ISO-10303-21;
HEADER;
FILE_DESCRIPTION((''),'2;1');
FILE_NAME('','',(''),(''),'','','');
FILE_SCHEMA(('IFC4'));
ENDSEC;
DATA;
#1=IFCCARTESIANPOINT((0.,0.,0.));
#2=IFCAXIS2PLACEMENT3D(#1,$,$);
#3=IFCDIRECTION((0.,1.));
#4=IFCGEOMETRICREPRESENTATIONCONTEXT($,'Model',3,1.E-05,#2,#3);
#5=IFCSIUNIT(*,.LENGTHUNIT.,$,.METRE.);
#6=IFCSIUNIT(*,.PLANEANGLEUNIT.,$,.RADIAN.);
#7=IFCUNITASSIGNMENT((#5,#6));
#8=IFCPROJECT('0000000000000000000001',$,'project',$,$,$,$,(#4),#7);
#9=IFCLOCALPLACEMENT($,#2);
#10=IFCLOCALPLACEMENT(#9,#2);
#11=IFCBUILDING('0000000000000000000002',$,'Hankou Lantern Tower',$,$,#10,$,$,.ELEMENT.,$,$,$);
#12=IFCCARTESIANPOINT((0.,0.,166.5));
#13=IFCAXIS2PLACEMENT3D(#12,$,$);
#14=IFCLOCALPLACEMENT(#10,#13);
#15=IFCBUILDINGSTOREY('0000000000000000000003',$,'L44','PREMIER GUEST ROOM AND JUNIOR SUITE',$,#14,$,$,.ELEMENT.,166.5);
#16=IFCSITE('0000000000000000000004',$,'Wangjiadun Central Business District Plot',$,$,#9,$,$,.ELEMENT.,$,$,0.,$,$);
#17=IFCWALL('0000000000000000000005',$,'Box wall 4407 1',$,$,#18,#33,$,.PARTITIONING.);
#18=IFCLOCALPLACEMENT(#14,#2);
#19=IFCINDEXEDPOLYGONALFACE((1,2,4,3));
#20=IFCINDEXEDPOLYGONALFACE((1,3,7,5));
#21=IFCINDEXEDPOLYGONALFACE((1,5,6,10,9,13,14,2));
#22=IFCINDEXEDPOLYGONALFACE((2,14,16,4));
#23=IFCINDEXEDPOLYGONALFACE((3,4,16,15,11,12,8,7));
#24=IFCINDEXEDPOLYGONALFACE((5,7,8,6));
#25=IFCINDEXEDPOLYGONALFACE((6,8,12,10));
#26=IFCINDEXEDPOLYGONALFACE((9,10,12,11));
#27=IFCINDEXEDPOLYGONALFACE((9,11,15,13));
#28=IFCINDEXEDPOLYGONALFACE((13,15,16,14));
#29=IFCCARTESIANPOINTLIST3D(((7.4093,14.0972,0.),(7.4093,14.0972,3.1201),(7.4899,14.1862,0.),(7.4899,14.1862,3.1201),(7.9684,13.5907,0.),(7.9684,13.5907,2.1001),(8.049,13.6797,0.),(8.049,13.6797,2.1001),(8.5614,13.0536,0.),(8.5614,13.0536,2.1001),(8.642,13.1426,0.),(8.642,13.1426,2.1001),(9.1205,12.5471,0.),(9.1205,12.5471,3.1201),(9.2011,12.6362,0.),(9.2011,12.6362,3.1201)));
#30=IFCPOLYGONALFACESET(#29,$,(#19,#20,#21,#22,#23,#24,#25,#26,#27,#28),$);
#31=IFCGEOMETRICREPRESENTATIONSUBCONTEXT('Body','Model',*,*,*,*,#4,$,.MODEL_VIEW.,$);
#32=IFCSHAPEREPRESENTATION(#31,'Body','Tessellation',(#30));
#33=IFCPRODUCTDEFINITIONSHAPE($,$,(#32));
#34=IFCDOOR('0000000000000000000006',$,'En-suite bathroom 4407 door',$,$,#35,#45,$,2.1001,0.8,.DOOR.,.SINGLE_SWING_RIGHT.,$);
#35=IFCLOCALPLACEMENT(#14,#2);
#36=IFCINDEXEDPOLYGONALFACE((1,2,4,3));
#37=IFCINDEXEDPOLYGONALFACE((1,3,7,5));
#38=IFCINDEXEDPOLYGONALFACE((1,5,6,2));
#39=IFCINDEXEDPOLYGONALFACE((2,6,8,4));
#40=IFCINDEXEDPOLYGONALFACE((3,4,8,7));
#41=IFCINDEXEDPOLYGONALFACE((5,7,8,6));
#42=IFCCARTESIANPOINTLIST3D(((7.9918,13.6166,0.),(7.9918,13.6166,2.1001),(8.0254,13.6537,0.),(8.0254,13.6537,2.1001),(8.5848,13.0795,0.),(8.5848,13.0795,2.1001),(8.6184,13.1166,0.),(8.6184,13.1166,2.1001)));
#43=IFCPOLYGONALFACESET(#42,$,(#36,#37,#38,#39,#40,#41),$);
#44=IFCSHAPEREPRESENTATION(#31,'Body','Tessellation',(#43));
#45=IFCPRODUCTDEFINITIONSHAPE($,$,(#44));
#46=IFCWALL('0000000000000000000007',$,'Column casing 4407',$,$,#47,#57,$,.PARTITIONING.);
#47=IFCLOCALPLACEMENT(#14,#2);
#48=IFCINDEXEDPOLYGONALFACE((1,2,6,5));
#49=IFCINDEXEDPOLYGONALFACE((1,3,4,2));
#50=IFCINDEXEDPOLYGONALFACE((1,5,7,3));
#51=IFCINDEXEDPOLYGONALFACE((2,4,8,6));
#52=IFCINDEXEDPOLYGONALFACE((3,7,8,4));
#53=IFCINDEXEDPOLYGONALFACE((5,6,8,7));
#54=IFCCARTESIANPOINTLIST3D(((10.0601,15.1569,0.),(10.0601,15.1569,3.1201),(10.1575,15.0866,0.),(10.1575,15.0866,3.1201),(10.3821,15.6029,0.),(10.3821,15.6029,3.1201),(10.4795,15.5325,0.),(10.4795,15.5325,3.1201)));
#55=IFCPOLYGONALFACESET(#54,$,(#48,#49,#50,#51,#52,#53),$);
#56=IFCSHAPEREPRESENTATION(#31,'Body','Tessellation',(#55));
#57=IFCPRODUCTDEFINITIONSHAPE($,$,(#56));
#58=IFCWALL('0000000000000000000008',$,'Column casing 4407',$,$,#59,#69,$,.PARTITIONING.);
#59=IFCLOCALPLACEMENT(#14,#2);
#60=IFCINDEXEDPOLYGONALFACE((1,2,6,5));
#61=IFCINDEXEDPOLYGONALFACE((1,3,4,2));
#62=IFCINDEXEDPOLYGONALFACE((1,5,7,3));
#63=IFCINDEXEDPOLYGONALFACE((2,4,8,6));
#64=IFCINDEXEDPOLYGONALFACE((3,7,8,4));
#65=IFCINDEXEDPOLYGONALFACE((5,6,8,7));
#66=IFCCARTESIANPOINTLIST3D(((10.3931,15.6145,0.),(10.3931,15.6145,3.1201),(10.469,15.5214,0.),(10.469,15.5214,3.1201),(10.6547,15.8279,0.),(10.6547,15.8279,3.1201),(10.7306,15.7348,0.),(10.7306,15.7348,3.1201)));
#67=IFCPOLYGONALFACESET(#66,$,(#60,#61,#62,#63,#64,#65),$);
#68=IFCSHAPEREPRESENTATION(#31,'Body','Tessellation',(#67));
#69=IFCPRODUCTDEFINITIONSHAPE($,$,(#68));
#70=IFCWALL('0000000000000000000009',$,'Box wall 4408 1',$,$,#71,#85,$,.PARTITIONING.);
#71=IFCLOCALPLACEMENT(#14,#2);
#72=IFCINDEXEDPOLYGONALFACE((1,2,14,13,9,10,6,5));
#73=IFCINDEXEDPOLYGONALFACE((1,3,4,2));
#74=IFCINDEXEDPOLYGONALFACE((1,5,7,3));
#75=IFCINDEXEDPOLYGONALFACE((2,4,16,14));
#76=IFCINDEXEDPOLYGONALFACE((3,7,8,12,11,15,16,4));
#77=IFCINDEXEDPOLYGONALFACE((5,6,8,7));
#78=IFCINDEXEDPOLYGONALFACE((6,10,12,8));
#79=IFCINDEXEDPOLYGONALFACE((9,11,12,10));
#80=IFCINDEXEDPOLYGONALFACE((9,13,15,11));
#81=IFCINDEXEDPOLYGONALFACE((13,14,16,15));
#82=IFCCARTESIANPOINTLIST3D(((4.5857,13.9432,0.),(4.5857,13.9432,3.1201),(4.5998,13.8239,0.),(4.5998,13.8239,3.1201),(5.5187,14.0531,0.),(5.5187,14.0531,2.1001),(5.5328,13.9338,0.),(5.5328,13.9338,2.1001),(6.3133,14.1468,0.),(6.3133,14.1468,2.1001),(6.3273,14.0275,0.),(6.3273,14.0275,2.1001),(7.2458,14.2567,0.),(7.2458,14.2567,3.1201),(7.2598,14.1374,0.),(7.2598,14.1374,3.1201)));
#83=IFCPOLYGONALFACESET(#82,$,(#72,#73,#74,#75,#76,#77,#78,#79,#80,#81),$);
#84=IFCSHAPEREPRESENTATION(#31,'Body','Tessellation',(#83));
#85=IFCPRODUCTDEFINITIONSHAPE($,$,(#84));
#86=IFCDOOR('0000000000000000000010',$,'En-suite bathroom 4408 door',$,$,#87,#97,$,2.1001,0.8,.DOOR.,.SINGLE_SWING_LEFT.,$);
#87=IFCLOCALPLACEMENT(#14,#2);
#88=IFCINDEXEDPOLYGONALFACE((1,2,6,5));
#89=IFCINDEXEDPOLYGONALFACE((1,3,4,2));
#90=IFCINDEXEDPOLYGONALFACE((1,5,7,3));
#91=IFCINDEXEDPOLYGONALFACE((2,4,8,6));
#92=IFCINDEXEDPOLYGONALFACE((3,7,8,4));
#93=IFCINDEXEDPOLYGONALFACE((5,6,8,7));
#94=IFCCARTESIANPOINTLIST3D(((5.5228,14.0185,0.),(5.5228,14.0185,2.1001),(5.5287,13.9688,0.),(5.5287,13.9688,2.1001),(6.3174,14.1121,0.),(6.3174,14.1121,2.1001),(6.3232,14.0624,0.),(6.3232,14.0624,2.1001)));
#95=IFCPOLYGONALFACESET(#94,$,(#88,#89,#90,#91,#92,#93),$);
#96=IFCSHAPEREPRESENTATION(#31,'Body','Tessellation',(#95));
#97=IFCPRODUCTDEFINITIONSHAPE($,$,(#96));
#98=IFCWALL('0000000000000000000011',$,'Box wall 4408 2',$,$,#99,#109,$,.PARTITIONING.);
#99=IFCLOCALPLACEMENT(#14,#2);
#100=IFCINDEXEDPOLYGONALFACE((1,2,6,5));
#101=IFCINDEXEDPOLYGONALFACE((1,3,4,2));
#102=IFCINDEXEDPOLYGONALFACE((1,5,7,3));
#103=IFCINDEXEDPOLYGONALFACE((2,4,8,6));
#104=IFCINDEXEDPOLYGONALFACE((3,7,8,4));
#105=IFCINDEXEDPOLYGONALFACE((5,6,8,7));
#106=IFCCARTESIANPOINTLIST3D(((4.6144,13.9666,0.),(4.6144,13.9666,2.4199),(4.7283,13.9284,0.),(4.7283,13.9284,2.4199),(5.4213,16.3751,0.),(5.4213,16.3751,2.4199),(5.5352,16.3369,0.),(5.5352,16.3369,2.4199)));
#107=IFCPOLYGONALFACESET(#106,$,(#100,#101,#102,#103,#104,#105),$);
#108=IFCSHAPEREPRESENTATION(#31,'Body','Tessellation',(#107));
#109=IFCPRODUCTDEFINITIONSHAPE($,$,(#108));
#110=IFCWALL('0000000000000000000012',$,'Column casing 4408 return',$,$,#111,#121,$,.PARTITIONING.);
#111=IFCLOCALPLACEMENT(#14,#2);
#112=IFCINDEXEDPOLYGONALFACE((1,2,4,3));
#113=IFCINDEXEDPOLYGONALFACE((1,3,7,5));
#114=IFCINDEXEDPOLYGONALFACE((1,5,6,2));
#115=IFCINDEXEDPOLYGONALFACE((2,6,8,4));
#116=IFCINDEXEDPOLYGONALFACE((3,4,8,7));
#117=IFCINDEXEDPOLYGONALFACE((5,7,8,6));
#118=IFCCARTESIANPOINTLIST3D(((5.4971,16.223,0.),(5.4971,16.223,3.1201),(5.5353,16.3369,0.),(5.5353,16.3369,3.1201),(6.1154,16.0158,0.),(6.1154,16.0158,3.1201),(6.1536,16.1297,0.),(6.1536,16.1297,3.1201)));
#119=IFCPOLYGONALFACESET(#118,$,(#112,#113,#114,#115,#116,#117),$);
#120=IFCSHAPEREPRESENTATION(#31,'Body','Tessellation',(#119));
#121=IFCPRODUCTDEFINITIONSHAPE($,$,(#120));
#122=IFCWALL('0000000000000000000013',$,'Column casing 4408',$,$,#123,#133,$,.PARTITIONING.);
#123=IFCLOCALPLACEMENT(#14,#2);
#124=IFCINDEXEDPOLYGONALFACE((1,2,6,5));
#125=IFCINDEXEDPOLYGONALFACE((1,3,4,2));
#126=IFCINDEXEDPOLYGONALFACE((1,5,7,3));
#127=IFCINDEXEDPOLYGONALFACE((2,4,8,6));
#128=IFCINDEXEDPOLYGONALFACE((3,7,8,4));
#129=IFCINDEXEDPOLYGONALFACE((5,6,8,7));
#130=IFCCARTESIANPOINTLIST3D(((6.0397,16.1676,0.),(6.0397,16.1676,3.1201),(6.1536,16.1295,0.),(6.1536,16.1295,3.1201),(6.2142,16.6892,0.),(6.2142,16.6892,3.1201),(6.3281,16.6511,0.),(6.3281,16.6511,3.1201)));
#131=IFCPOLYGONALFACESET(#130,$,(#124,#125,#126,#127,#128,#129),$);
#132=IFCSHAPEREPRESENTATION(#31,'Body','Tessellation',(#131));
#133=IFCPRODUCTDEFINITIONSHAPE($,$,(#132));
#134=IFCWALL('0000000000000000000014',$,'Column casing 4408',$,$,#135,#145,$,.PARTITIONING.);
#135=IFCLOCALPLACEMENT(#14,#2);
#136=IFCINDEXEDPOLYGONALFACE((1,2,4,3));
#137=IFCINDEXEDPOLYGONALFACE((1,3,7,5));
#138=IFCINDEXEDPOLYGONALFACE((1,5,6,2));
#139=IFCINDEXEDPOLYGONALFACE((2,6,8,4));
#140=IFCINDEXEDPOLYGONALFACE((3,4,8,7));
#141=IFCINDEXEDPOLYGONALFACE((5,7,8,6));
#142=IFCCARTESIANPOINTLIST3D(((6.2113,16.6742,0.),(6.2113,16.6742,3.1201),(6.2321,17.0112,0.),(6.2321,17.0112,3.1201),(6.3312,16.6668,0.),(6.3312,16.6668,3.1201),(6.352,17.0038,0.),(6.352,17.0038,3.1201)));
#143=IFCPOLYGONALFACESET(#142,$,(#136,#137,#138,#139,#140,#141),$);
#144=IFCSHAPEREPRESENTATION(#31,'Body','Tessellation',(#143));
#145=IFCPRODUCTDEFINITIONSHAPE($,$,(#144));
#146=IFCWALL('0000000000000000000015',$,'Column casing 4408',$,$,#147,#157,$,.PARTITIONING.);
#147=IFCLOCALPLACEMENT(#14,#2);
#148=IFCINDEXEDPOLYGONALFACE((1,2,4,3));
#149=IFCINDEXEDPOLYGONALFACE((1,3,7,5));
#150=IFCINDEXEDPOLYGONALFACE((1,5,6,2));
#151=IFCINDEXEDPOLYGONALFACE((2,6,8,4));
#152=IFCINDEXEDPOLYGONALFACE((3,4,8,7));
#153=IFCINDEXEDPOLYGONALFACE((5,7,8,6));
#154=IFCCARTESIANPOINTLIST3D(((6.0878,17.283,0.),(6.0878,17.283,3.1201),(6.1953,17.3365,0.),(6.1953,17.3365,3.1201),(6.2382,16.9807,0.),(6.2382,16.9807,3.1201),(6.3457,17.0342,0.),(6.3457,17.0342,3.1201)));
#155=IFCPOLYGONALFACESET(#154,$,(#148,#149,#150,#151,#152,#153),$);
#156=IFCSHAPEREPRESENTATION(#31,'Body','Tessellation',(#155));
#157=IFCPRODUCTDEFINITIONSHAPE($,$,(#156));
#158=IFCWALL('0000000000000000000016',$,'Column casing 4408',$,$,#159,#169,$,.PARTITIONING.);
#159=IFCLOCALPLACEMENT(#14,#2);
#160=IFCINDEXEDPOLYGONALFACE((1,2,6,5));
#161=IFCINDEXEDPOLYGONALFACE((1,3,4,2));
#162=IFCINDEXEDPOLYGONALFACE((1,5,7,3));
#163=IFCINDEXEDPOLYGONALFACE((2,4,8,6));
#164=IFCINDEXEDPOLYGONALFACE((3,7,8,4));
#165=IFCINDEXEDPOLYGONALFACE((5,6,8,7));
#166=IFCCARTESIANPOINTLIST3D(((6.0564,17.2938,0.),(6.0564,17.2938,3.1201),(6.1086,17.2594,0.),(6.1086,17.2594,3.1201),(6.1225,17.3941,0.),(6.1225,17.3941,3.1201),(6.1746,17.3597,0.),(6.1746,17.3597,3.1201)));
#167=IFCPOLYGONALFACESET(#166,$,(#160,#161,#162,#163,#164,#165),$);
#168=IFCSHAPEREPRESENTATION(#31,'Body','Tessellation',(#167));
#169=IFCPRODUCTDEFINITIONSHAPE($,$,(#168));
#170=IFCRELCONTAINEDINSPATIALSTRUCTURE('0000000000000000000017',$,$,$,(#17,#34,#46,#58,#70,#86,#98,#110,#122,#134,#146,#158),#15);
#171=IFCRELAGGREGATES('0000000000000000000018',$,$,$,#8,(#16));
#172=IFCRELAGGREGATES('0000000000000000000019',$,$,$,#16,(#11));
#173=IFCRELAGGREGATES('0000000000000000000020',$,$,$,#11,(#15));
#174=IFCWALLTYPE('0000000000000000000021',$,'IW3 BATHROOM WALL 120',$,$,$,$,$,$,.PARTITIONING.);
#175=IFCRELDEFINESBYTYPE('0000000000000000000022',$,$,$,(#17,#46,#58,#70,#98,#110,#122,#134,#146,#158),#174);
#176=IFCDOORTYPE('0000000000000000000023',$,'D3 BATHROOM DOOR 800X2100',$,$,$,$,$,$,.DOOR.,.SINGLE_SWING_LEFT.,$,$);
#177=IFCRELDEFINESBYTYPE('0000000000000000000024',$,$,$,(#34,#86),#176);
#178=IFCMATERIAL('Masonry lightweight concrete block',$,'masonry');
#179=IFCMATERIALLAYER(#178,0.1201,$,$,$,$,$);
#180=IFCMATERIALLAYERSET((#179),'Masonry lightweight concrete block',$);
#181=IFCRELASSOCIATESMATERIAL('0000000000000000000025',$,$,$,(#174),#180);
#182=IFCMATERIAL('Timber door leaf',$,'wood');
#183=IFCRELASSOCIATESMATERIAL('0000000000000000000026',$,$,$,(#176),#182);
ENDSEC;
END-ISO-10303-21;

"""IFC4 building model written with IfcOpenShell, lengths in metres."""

from ifc_helpers import new_model, si_unit, direction, frame, frame_2d, origin, place, context, subcontext, project, spatial, rectangle, extrude, material, layer, layer_set, type_object, element, fill, save


model = new_model("IFC4")

# Units and contexts
model_context = context("Model", 3, precision=1e-05, world=origin(), true_north=direction((0.0, 1.0)))
body_context = subcontext(model_context, "Body", "Model", "MODEL_VIEW")
ifc_project = project(units=[si_unit("LENGTHUNIT", "METRE"), si_unit("PLANEANGLEUNIT", "RADIAN")], contexts=[model_context])

# Site, building, storey
site_placement = place(None, origin())
site = spatial("IfcSite", under=ifc_project, at=site_placement, Name="Wangjiadun Central Business District Plot", CompositionType="ELEMENT", RefElevation=0.0)
building_placement = place(site_placement, origin())
building = spatial("IfcBuilding", under=site, at=building_placement, Name="Hankou Lantern Tower", CompositionType="ELEMENT")
storey_placement = place(building_placement, frame((0.0, 0.0, 166.5)))
storey = spatial("IfcBuildingStorey", under=building, at=storey_placement, Name="L44", Description="PREMIER GUEST ROOM AND JUNIOR SUITE", CompositionType="ELEMENT", Elevation=166.5)

# Wall, opening, door
ifc_material_1 = material(Name="Masonry lightweight concrete block", Category="masonry")
ifc_layer_1 = layer(ifc_material_1, 0.1201)
ifc_layer_set_1 = layer_set([ifc_layer_1], Name="Masonry lightweight concrete block")
wall_type_1 = type_object("IfcWallType", Name="IW3 BATHROOM WALL 120", PredefinedType="PARTITIONING", material=ifc_layer_set_1)
wall_1_placement = place(storey_placement, frame((7.4497, 14.1416, 0.0), z_axis=(0.0, 0.0, 1.0), x_axis=(0.74114, -0.671351, 0.0)))
wall_1 = element("IfcWall", 1, at=wall_1_placement, inside=storey, type_object=wall_type_1, Name="Box wall 4407 1", PredefinedType="PARTITIONING", context=body_context, shape_type="SweptSolid", body=[
    extrude(rectangle(XDim=2.3088, YDim=0.1201, at=frame_2d((1.1543, 0.0))), origin(), (0.0, 0.0, 1.0), 3.1201),
])
opening_1_placement = place(wall_1_placement, frame((0.7544, 0.0, 0.0)))
opening_1 = element("IfcOpeningElement", 2, at=opening_1_placement, cuts=wall_1, PredefinedType="OPENING", context=body_context, shape_type="SweptSolid", body=[
    extrude(rectangle(XDim=0.8, YDim=2.1001, at=frame_2d((0.3999, 1.05))), frame((0.0, 0.0701, 0.0), z_axis=(0.0, -1.0, 0.0), x_axis=(1.0, 0.0, 0.0)), (0.0, 0.0, 1.0), 0.1401),
])
ifc_material_2 = material(Name="Timber door leaf", Category="wood")
door_type = type_object("IfcDoorType", Name="D3 BATHROOM DOOR 800X2100", OperationType="SINGLE_SWING_LEFT", PredefinedType="DOOR", material=ifc_material_2)
door_1_placement = place(opening_1_placement, origin())
door_1 = element("IfcDoor", 3, at=door_1_placement, inside=storey, type_object=door_type, Name="En-suite bathroom 4407 door", OperationType="SINGLE_SWING_RIGHT", OverallHeight=2.1001, OverallWidth=0.8, PredefinedType="DOOR", context=body_context, shape_type="SweptSolid", body=[
    extrude(rectangle(XDim=0.8, YDim=2.1001, at=frame_2d((0.3999, 1.05))), frame((0.0, 0.0249, 0.0), z_axis=(0.0, -1.0, 0.0), x_axis=(1.0, 0.0, 0.0)), (0.0, 0.0, 1.0), 0.05),
])
fill(opening_1, door_1)

# Walls
wall_2_placement = place(storey_placement, frame((10.1089, 15.1218, 0.0), z_axis=(0.0, 0.0, 1.0), x_axis=(0.585345, 0.810785, 0.0)))
element("IfcWall", 4, at=wall_2_placement, inside=storey, type_object=wall_type_1, Name="Column casing 4407", PredefinedType="PARTITIONING", context=body_context, shape_type="SweptSolid", body=[
    extrude(rectangle(XDim=0.55, YDim=0.1201, at=frame_2d((0.2749, 0.0))), origin(), (0.0, 0.0, 1.0), 3.1201),
])
wall_3_placement = place(storey_placement, frame((10.4309, 15.5679, 0.0), z_axis=(0.0, 0.0, 1.0), x_axis=(0.775051, 0.631898, 0.0)))
element("IfcWall", 5, at=wall_3_placement, inside=storey, type_object=wall_type_1, Name="Column casing 4407", PredefinedType="PARTITIONING", context=body_context, shape_type="SweptSolid", body=[
    extrude(rectangle(XDim=0.3376, YDim=0.1201, at=frame_2d((0.1689, 0.0))), origin(), (0.0, 0.0, 1.0), 3.1201),
])

# Wall, opening, door
wall_4_placement = place(storey_placement, frame((7.2529, 14.197, 0.0), z_axis=(0.0, 0.0, 1.0), x_axis=(-0.993128, -0.117032, 0.0)))
wall_4 = element("IfcWall", 6, at=wall_4_placement, inside=storey, type_object=wall_type_1, Name="Box wall 4408 1", PredefinedType="PARTITIONING", context=body_context, shape_type="SweptSolid", body=[
    extrude(rectangle(XDim=2.6785, YDim=0.1201, at=frame_2d((1.3394, 0.0))), origin(), (0.0, 0.0, 1.0), 3.1201),
])
opening_2_placement = place(wall_4_placement, frame((0.9392, 0.0, 0.0)))
opening_2 = element("IfcOpeningElement", 7, at=opening_2_placement, cuts=wall_4, PredefinedType="OPENING", context=body_context, shape_type="SweptSolid", body=[
    extrude(rectangle(XDim=0.8, YDim=2.1001, at=frame_2d((0.3999, 1.05))), frame((0.0, 0.0701, 0.0), z_axis=(0.0, -1.0, 0.0), x_axis=(1.0, 0.0, 0.0)), (0.0, 0.0, 1.0), 0.1401),
])
door_2_placement = place(opening_2_placement, origin())
door_2 = element("IfcDoor", 8, at=door_2_placement, inside=storey, type_object=door_type, Name="En-suite bathroom 4408 door", OperationType="SINGLE_SWING_LEFT", OverallHeight=2.1001, OverallWidth=0.8, PredefinedType="DOOR", context=body_context, shape_type="SweptSolid", body=[
    extrude(rectangle(XDim=0.8, YDim=2.1001, at=frame_2d((0.3999, 1.05))), frame((0.0, 0.0249, 0.0), z_axis=(0.0, -1.0, 0.0), x_axis=(1.0, 0.0, 0.0)), (0.0, 0.0, 1.0), 0.05),
])
fill(opening_2, door_2)

# Walls
wall_5_placement = place(storey_placement, frame((4.6714, 13.9475, 0.0), z_axis=(0.0, 0.0, 1.0), x_axis=(0.317669, 0.948202, 0.0)))
element("IfcWall", 9, at=wall_5_placement, inside=storey, type_object=wall_type_1, Name="Box wall 4408 2", PredefinedType="PARTITIONING", context=body_context, shape_type="SweptSolid", body=[
    extrude(rectangle(XDim=2.54, YDim=0.1201, at=frame_2d((1.27, 0.0))), origin(), (0.0, 0.0, 1.0), 2.4199),
])
wall_6_placement = place(storey_placement, frame((5.5161, 16.28, 0.0), z_axis=(0.0, 0.0, 1.0), x_axis=(0.948158, -0.317799, 0.0)))
element("IfcWall", 10, at=wall_6_placement, inside=storey, type_object=wall_type_1, Name="Column casing 4408 return", PredefinedType="PARTITIONING", context=body_context, shape_type="SweptSolid", body=[
    extrude(rectangle(XDim=0.6521, YDim=0.1201, at=frame_2d((0.3262, 0.0))), origin(), (0.0, 0.0, 1.0), 3.1201),
])
wall_7_placement = place(storey_placement, frame((6.0967, 16.1487, 0.0), z_axis=(0.0, 0.0, 1.0), x_axis=(0.317293, 0.948328, 0.0)))
element("IfcWall", 11, at=wall_7_placement, inside=storey, type_object=wall_type_1, Name="Column casing 4408", PredefinedType="PARTITIONING", context=body_context, shape_type="SweptSolid", body=[
    extrude(rectangle(XDim=0.55, YDim=0.1201, at=frame_2d((0.2749, 0.0))), origin(), (0.0, 0.0, 1.0), 3.1201),
])
for number, where, z_axis, x_axis, name in (
    (12, (6.2712, 16.6704, 0.0), (0.0, 0.0, 1.0), (0.061478, 0.998108, 0.0), "Column casing 4408"),
    (13, (6.292, 17.0073, 0.0), (0.0, 0.0, 1.0), (-0.445477, 0.895293, 0.0), "Column casing 4408"),
):
    element("IfcWall", number, at=place(storey_placement, frame(where, z_axis=z_axis, x_axis=x_axis)), inside=storey, type_object=wall_type_1, Name=name, PredefinedType="PARTITIONING", context=body_context, shape_type="SweptSolid", body=[
        extrude(rectangle(XDim=0.3376, YDim=0.1201, at=frame_2d((0.1689, 0.0))), origin(), (0.0, 0.0, 1.0), 3.1201),
    ])
wall_8_placement = place(storey_placement, frame((6.1416, 17.3096, 0.0), z_axis=(0.0, 0.0, 1.0), x_axis=(-0.83504, 0.55019, 0.0)))
element("IfcWall", 14, at=wall_8_placement, inside=storey, type_object=wall_type_1, Name="Column casing 4408", PredefinedType="PARTITIONING", context=body_context, shape_type="SweptSolid", body=[
    extrude(rectangle(XDim=0.0625, YDim=0.1201, at=frame_2d((0.0312, 0.0))), origin(), (0.0, 0.0, 1.0), 3.1201),
])

save(model, "model.ifc")
